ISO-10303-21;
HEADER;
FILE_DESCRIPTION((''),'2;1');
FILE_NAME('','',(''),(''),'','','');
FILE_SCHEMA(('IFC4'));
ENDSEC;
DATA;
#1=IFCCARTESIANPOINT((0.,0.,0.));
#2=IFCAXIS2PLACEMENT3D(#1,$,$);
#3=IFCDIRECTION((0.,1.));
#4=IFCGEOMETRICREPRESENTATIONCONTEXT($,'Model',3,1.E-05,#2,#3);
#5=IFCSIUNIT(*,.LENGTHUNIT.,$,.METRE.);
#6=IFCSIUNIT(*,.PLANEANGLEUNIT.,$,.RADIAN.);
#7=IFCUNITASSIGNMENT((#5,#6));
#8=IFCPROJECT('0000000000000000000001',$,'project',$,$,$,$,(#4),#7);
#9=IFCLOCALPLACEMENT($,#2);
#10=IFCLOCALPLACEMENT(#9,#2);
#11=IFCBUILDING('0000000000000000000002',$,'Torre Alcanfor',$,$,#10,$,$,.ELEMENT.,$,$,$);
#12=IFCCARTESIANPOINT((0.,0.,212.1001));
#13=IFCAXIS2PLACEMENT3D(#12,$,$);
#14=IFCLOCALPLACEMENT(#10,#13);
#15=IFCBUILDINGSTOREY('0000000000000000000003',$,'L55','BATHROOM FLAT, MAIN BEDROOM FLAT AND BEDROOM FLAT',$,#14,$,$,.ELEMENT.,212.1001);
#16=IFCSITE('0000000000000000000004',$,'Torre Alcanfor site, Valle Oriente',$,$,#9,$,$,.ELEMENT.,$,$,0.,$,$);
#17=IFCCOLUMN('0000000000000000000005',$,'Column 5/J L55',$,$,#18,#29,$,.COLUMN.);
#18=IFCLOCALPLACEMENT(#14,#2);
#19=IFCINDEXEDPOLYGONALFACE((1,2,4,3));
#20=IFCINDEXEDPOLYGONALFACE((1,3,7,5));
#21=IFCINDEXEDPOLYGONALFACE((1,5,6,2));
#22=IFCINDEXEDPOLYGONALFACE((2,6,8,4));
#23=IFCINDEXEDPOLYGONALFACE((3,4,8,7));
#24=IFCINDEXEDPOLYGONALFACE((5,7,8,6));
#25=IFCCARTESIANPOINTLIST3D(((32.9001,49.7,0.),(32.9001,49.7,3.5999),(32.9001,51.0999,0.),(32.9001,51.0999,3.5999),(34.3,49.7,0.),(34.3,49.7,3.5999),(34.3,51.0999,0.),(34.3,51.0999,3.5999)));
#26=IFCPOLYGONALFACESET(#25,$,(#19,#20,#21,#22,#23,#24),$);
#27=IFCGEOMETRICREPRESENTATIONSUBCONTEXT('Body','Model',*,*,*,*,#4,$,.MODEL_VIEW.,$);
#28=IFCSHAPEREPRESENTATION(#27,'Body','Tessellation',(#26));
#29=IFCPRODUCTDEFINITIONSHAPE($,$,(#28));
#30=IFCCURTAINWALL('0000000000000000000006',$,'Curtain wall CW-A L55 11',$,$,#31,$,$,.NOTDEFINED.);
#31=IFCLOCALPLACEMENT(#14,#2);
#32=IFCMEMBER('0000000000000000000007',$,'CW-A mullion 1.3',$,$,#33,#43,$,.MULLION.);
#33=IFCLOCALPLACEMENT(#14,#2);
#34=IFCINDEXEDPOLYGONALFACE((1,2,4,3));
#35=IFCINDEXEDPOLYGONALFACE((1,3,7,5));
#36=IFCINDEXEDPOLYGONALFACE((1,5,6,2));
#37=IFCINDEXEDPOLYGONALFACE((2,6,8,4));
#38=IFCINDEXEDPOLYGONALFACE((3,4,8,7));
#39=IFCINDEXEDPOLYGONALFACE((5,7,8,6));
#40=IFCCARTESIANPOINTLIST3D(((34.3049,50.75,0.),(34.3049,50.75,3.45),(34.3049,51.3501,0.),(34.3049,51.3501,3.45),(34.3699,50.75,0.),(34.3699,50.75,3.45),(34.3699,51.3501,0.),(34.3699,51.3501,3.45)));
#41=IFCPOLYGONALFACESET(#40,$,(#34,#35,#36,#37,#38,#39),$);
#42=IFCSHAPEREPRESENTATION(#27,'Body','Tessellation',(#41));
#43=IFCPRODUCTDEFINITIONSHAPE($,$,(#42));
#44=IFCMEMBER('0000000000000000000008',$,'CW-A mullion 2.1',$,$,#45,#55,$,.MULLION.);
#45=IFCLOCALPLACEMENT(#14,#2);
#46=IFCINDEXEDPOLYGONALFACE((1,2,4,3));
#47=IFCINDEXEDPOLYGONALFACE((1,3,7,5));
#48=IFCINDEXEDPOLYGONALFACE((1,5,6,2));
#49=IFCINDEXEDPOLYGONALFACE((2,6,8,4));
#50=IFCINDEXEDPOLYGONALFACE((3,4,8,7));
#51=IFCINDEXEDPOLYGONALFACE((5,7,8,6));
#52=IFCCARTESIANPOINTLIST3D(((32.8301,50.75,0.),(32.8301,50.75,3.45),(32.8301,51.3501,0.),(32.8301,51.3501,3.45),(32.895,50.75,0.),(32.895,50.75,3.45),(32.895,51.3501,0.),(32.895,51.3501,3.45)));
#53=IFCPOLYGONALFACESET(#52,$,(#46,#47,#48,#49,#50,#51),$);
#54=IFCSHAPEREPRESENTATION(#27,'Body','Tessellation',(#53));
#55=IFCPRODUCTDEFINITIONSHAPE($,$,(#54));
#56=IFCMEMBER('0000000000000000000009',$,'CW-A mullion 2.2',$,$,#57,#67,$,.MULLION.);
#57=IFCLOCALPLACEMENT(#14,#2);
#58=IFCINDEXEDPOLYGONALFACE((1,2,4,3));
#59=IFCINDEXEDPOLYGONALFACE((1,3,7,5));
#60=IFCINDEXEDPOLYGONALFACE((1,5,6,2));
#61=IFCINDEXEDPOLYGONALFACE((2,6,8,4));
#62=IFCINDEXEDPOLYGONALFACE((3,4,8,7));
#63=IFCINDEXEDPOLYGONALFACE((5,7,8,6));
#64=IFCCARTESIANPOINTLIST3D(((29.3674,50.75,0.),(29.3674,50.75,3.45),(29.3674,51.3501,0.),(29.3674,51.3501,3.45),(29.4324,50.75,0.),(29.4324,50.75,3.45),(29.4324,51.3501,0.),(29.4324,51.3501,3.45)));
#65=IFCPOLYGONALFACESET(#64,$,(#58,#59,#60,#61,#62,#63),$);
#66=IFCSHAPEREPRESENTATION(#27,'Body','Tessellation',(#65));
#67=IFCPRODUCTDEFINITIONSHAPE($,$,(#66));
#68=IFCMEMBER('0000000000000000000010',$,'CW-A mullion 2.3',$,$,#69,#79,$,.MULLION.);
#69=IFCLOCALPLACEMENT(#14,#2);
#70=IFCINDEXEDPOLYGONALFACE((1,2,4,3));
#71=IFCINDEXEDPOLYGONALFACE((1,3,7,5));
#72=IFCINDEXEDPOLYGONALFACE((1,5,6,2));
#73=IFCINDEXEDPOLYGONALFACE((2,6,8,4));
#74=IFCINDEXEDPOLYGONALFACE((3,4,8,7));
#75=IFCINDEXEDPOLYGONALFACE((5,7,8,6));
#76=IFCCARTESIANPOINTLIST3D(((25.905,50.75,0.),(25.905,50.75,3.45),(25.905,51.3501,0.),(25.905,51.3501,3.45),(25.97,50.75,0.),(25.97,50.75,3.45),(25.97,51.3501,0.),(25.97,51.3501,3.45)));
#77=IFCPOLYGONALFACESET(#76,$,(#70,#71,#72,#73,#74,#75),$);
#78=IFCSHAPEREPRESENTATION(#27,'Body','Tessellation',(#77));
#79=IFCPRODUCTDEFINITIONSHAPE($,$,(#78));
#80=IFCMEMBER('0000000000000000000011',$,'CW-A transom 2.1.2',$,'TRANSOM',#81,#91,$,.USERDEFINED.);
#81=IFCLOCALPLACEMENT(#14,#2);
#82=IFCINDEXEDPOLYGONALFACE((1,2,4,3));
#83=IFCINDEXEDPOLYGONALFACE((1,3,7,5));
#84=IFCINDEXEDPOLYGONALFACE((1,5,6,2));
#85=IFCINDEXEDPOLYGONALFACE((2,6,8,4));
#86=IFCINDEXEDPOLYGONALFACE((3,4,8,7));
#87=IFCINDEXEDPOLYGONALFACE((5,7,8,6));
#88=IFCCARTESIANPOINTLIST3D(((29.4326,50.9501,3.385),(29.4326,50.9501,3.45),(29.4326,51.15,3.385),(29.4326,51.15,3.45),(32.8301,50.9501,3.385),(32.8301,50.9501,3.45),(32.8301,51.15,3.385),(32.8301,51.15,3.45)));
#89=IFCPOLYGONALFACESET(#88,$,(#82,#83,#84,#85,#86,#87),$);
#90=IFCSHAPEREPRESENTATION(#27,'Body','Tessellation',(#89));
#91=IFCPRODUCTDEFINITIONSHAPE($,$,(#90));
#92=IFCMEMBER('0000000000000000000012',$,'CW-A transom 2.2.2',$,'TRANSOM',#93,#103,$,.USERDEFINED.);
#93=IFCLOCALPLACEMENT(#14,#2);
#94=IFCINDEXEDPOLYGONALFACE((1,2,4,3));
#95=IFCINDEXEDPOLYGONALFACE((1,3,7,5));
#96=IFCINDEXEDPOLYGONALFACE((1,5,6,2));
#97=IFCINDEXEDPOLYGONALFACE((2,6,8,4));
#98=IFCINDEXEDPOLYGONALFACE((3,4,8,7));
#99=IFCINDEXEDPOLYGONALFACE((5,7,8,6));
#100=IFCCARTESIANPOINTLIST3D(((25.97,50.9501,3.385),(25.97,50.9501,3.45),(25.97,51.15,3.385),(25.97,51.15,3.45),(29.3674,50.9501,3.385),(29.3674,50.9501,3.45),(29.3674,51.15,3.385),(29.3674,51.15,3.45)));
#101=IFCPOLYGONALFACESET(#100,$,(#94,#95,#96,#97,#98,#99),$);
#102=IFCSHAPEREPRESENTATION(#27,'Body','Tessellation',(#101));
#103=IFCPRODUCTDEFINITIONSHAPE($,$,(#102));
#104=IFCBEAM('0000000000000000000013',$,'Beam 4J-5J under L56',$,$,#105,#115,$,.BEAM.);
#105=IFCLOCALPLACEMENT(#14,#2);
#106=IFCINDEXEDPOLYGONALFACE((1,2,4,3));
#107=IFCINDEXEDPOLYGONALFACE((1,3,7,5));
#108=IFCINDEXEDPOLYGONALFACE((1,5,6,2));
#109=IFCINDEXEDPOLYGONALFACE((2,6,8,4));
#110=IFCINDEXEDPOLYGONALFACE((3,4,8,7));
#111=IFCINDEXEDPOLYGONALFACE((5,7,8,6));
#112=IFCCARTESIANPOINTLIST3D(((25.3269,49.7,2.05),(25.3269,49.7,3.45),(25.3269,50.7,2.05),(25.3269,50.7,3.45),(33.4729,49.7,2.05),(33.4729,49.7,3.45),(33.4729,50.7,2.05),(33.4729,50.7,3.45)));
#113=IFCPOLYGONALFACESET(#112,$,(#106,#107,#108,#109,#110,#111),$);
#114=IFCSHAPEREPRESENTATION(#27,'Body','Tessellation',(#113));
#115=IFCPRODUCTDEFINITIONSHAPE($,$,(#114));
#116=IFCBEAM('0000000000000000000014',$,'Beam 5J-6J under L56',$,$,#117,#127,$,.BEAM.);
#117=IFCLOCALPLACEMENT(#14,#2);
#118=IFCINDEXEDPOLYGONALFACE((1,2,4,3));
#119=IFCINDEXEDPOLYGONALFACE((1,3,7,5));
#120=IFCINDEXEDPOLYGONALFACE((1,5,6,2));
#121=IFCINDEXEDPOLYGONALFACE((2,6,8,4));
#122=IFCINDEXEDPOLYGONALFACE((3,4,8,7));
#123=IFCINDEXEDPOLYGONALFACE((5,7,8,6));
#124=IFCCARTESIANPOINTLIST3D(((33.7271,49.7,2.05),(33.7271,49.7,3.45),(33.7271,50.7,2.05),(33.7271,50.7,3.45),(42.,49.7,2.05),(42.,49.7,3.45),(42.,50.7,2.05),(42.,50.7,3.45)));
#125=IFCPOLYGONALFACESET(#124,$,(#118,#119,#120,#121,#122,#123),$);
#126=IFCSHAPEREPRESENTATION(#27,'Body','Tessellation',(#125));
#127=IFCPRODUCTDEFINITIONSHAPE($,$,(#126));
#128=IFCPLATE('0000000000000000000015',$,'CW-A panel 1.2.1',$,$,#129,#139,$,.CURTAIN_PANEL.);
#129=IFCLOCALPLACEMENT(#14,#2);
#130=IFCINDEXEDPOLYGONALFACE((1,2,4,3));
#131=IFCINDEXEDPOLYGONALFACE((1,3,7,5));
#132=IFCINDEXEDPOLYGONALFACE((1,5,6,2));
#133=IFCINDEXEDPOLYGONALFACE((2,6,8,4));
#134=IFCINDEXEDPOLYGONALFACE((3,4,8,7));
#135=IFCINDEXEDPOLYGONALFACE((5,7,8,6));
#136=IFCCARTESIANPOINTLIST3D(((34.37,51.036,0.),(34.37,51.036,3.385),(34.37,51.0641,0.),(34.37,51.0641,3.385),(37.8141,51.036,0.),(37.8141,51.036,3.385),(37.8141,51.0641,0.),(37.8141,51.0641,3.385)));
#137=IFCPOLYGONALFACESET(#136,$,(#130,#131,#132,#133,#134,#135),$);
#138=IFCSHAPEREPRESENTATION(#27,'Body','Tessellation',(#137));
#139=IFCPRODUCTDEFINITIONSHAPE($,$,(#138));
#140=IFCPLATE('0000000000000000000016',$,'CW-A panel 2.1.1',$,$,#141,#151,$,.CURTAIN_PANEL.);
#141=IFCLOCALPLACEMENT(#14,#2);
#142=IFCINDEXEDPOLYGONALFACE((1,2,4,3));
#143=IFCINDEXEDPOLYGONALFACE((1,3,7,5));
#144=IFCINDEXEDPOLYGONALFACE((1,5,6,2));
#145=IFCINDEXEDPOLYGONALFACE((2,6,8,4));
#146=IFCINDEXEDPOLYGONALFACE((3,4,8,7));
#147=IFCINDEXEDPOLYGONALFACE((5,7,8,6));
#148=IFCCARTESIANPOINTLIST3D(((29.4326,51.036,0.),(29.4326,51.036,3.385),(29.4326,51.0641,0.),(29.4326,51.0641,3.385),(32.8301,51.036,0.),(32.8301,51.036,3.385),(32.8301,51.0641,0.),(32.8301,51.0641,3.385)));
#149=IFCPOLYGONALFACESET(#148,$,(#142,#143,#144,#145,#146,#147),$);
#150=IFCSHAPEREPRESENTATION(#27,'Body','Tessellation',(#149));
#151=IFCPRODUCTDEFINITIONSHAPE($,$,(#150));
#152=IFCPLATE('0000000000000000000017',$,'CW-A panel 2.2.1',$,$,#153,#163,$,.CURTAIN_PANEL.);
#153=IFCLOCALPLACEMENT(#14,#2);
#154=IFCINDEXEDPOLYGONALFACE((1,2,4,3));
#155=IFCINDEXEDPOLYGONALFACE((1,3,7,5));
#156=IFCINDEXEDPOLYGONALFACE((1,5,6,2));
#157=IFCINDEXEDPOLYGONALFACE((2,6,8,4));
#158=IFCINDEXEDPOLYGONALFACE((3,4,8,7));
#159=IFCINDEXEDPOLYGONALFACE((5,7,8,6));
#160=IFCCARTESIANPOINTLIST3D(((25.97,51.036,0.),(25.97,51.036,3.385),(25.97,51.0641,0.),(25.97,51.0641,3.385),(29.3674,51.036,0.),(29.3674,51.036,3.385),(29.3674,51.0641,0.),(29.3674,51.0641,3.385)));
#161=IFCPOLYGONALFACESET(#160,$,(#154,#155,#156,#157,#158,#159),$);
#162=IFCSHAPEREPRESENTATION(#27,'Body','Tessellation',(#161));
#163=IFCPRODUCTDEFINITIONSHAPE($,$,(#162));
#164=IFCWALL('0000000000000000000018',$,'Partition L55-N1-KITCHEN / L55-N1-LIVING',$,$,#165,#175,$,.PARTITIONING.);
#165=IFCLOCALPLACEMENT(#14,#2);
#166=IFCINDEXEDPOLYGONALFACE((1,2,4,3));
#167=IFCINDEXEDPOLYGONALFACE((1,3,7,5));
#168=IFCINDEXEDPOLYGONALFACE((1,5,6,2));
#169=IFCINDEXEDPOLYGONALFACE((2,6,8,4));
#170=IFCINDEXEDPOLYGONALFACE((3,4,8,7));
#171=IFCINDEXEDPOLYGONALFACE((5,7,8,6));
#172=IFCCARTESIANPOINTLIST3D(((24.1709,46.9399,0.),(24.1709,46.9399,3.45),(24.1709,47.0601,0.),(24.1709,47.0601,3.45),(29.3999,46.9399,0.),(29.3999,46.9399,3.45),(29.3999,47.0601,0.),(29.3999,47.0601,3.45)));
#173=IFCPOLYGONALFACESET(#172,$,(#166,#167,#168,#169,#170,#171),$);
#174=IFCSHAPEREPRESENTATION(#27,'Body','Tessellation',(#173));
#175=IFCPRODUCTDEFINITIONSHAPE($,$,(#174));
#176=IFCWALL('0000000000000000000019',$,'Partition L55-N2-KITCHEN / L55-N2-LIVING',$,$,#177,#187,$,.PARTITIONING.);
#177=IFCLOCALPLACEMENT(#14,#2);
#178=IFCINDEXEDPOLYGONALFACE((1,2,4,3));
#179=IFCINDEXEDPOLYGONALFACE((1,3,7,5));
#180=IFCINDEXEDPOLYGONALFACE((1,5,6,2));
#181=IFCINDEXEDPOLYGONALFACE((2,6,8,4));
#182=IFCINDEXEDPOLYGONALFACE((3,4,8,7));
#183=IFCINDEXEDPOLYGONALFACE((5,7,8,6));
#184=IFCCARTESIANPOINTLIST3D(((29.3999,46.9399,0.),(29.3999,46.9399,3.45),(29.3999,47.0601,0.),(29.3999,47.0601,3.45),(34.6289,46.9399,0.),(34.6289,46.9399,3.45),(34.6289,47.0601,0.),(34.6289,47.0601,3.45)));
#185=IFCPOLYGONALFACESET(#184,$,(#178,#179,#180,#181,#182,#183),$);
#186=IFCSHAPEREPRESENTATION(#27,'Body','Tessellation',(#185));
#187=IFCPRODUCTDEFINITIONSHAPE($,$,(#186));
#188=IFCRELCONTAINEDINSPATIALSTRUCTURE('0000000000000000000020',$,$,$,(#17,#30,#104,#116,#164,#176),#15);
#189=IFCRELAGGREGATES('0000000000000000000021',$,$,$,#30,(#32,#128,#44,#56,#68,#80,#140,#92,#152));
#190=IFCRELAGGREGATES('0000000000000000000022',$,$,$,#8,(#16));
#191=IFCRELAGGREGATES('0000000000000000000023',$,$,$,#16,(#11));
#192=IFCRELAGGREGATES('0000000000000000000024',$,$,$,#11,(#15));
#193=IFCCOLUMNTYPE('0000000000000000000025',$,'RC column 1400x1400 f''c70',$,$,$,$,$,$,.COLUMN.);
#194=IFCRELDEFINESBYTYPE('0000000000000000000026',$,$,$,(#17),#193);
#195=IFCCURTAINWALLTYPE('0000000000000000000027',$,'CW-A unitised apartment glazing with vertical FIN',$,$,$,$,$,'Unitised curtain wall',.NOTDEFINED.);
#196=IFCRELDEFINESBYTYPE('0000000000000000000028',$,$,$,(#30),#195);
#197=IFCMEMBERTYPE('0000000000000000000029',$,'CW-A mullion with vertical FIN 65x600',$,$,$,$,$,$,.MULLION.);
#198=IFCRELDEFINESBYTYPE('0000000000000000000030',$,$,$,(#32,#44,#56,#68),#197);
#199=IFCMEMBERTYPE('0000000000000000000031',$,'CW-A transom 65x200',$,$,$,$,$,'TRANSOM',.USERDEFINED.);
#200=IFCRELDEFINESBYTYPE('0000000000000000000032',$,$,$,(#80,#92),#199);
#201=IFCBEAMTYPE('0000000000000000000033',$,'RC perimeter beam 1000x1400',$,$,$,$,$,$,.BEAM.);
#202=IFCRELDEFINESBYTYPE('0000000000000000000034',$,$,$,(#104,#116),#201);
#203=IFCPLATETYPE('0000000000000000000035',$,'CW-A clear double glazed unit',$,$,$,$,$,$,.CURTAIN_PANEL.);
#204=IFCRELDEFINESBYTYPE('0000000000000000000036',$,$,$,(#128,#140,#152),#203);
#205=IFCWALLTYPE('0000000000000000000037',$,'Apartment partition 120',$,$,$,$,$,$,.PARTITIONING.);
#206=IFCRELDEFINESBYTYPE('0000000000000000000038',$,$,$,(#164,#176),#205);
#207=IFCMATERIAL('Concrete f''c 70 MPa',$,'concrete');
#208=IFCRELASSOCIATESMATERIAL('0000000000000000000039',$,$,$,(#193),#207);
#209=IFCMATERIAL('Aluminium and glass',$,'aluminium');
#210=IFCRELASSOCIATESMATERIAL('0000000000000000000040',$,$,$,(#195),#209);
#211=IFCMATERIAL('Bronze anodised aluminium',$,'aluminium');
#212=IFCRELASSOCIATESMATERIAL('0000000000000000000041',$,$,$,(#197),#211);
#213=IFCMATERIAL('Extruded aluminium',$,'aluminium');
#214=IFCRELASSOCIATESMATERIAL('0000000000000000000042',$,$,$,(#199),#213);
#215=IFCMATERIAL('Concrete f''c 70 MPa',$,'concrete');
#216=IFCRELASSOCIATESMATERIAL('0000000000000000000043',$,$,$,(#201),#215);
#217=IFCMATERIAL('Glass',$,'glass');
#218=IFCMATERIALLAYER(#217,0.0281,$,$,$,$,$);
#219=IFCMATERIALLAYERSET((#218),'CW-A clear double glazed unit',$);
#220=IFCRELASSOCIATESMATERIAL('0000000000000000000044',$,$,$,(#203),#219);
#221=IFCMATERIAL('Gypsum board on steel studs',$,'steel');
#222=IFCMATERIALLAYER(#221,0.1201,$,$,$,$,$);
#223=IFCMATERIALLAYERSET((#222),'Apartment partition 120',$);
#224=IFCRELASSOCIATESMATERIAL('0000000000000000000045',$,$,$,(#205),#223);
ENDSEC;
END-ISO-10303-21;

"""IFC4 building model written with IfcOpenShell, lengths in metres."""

from ifc_helpers import new_model, si_unit, direction, frame, frame_2d, origin, origin_2d, place, context, subcontext, project, spatial, rectangle, extrude, material, layer, layer_set, material_profile, profile_set, type_object, element, aggregate, save


model = new_model("IFC4")

# Units and contexts
model_context = context("Model", 3, precision=1e-05, world=origin(), true_north=direction((0.0, 1.0)))
body_context = subcontext(model_context, "Body", "Model", "MODEL_VIEW")
ifc_project = project(units=[si_unit("LENGTHUNIT", "METRE"), si_unit("PLANEANGLEUNIT", "RADIAN")], contexts=[model_context])

# Site, building, storey
site_placement = place(None, origin())
site = spatial("IfcSite", under=ifc_project, at=site_placement, Name="Torre Alcanfor site, Valle Oriente", CompositionType="ELEMENT", RefElevation=0.0)
building_placement = place(site_placement, origin())
building = spatial("IfcBuilding", under=site, at=building_placement, Name="Torre Alcanfor", CompositionType="ELEMENT")
storey_placement = place(building_placement, frame((0.0, 0.0, 212.1001)))
storey = spatial("IfcBuildingStorey", under=building, at=storey_placement, Name="L55", Description="BATHROOM FLAT, MAIN BEDROOM FLAT AND BEDROOM FLAT", CompositionType="ELEMENT", Elevation=212.1001)

# Column
ifc_material_1 = material(Name="Concrete f'c 70 MPa", Category="concrete")
ifc_material_profile_1 = material_profile(ifc_material_1, rectangle(XDim=1.3999, YDim=1.3999, at=origin_2d()), Name="1400x1400")
ifc_profile_set_1 = profile_set([ifc_material_profile_1], Name="Concrete f'c 70 MPa")
column_type = type_object("IfcColumnType", Name="RC column 1400x1400 f'c70", PredefinedType="COLUMN", material=ifc_profile_set_1)
column_placement = place(storey_placement, frame((33.6001, 50.3999, 0.0), z_axis=(0.0, 0.0, 1.0), x_axis=(1.0, 0.0, 0.0)))
element("IfcColumn", 1, at=column_placement, inside=storey, type_object=column_type, Name="Column 5/J L55", PredefinedType="COLUMN", context=body_context, shape_type="SweptSolid", body=[
    extrude(rectangle(XDim=1.3999, YDim=1.3999, at=origin_2d()), origin(), (0.0, 0.0, 1.0), 3.5999),
])

# Curtain wall, members
ifc_material_2 = material(Name="Aluminium and glass", Category="aluminium")
curtain_wall_type = type_object("IfcCurtainWallType", Name="CW-A unitised apartment glazing with vertical FIN", ElementType="Unitised curtain wall", PredefinedType="NOTDEFINED", material=ifc_material_2)
curtain_wall_placement = place(storey_placement, origin())
curtain_wall = element("IfcCurtainWall", 2, at=curtain_wall_placement, inside=storey, type_object=curtain_wall_type, Name="Curtain wall CW-A L55 11", PredefinedType="NOTDEFINED")
ifc_material_3 = material(Name="Bronze anodised aluminium", Category="aluminium")
ifc_material_profile_2 = material_profile(ifc_material_3, rectangle(XDim=0.6001, YDim=0.0649, at=origin_2d()), Name="CW-A mullion 65x600")
ifc_profile_set_2 = profile_set([ifc_material_profile_2], Name="Bronze anodised aluminium")
member_type_1 = type_object("IfcMemberType", Name="CW-A mullion with vertical FIN 65x600", PredefinedType="MULLION", material=ifc_profile_set_2)
member_1_placement = place(storey_placement, frame((34.3374, 51.05, 0.0), z_axis=(0.0, 0.0, 1.0), x_axis=(0.0, -1.0, 0.0)))
member_1 = element("IfcMember", 3, at=member_1_placement, type_object=member_type_1, Name="CW-A mullion 1.3", PredefinedType="MULLION", context=body_context, shape_type="SweptSolid", body=[
    extrude(rectangle(XDim=0.6001, YDim=0.0649, at=origin_2d()), origin(), (0.0, 0.0, 1.0), 3.45),
])
member_2_placement = place(storey_placement, frame((32.8625, 51.05, 0.0), z_axis=(0.0, 0.0, 1.0), x_axis=(0.0, -1.0, 0.0)))
member_2 = element("IfcMember", 4, at=member_2_placement, type_object=member_type_1, Name="CW-A mullion 2.1", PredefinedType="MULLION", context=body_context, shape_type="SweptSolid", body=[
    extrude(rectangle(XDim=0.6001, YDim=0.0649, at=origin_2d()), origin(), (0.0, 0.0, 1.0), 3.45),
])
member_3_placement = place(storey_placement, frame((29.3999, 51.05, 0.0), z_axis=(0.0, 0.0, 1.0), x_axis=(0.0, -1.0, 0.0)))
member_3 = element("IfcMember", 5, at=member_3_placement, type_object=member_type_1, Name="CW-A mullion 2.2", PredefinedType="MULLION", context=body_context, shape_type="SweptSolid", body=[
    extrude(rectangle(XDim=0.6001, YDim=0.0649, at=origin_2d()), origin(), (0.0, 0.0, 1.0), 3.45),
])
member_4_placement = place(storey_placement, frame((25.9375, 51.05, 0.0), z_axis=(0.0, 0.0, 1.0), x_axis=(0.0, -1.0, 0.0)))
member_4 = element("IfcMember", 6, at=member_4_placement, type_object=member_type_1, Name="CW-A mullion 2.3", PredefinedType="MULLION", context=body_context, shape_type="SweptSolid", body=[
    extrude(rectangle(XDim=0.6001, YDim=0.0649, at=origin_2d()), origin(), (0.0, 0.0, 1.0), 3.45),
])
ifc_material_4 = material(Name="Extruded aluminium", Category="aluminium")
ifc_material_profile_3 = material_profile(ifc_material_4, rectangle(XDim=0.2, YDim=0.0649, at=origin_2d()), Name="CW-A transom 200x65")
ifc_profile_set_3 = profile_set([ifc_material_profile_3], Name="Extruded aluminium")
member_type_2 = type_object("IfcMemberType", Name="CW-A transom 65x200", ElementType="TRANSOM", PredefinedType="USERDEFINED", material=ifc_profile_set_3)
member_5_placement = place(storey_placement, frame((32.8301, 51.05, 3.4175), z_axis=(-1.0, 0.0, 0.0), x_axis=(0.0, -1.0, 0.0)))
member_5 = element("IfcMember", 7, at=member_5_placement, type_object=member_type_2, Name="CW-A transom 2.1.2", ObjectType="TRANSOM", PredefinedType="USERDEFINED", context=body_context, shape_type="SweptSolid", body=[
    extrude(rectangle(XDim=0.2, YDim=0.0649, at=origin_2d()), origin(), (0.0, 0.0, 1.0), 3.3975),
])
member_6_placement = place(storey_placement, frame((29.3674, 51.05, 3.4175), z_axis=(-1.0, 0.0, 0.0), x_axis=(0.0, -1.0, 0.0)))
member_6 = element("IfcMember", 8, at=member_6_placement, type_object=member_type_2, Name="CW-A transom 2.2.2", ObjectType="TRANSOM", PredefinedType="USERDEFINED", context=body_context, shape_type="SweptSolid", body=[
    extrude(rectangle(XDim=0.2, YDim=0.0649, at=origin_2d()), origin(), (0.0, 0.0, 1.0), 3.3975),
])

# Beams
ifc_material_5 = material(Name="Concrete f'c 70 MPa", Category="concrete")
ifc_material_profile_4 = material_profile(ifc_material_5, rectangle(XDim=1.0, YDim=1.3999, at=origin_2d()), Name="1000x1400")
ifc_profile_set_4 = profile_set([ifc_material_profile_4], Name="Concrete f'c 70 MPa")
beam_type = type_object("IfcBeamType", Name="RC perimeter beam 1000x1400", PredefinedType="BEAM", material=ifc_profile_set_4)
beam_1_placement = place(storey_placement, frame((25.3269, 50.2, 2.75), z_axis=(1.0, 0.0, 0.0), x_axis=(0.0, 1.0, 0.0)))
element("IfcBeam", 9, at=beam_1_placement, inside=storey, type_object=beam_type, Name="Beam 4J-5J under L56", PredefinedType="BEAM", context=body_context, shape_type="SweptSolid", body=[
    extrude(rectangle(XDim=1.0, YDim=1.3999, at=origin_2d()), origin(), (0.0, 0.0, 1.0), 8.146),
])
beam_2_placement = place(storey_placement, frame((33.7271, 50.2, 2.75), z_axis=(1.0, 0.0, 0.0), x_axis=(0.0, 1.0, 0.0)))
element("IfcBeam", 10, at=beam_2_placement, inside=storey, type_object=beam_type, Name="Beam 5J-6J under L56", PredefinedType="BEAM", context=body_context, shape_type="SweptSolid", body=[
    extrude(rectangle(XDim=1.0, YDim=1.3999, at=origin_2d()), origin(), (0.0, 0.0, 1.0), 8.2729),
])

# Plates
ifc_material_6 = material(Name="Glass", Category="glass")
ifc_layer_1 = layer(ifc_material_6, 0.0281)
ifc_layer_set_1 = layer_set([ifc_layer_1], Name="CW-A clear double glazed unit")
plate_type = type_object("IfcPlateType", Name="CW-A clear double glazed unit", PredefinedType="CURTAIN_PANEL", material=ifc_layer_set_1)
plate_1_placement = place(storey_placement, frame((36.092, 51.05, 0.0), z_axis=(0.0, 0.0, 1.0), x_axis=(-1.0, 0.0, 0.0)))
plate_1 = element("IfcPlate", 11, at=plate_1_placement, type_object=plate_type, Name="CW-A panel 1.2.1", PredefinedType="CURTAIN_PANEL", context=body_context, shape_type="SweptSolid", body=[
    extrude(rectangle(XDim=3.4441, YDim=0.0281, at=origin_2d()), origin(), (0.0, 0.0, 1.0), 3.385),
])
plate_2_placement = place(storey_placement, frame((31.1313, 51.05, 0.0), z_axis=(0.0, 0.0, 1.0), x_axis=(-1.0, 0.0, 0.0)))
plate_2 = element("IfcPlate", 12, at=plate_2_placement, type_object=plate_type, Name="CW-A panel 2.1.1", PredefinedType="CURTAIN_PANEL", context=body_context, shape_type="SweptSolid", body=[
    extrude(rectangle(XDim=3.3975, YDim=0.0281, at=origin_2d()), origin(), (0.0, 0.0, 1.0), 3.385),
])
plate_3_placement = place(storey_placement, frame((27.6687, 51.05, 0.0), z_axis=(0.0, 0.0, 1.0), x_axis=(-1.0, 0.0, 0.0)))
plate_3 = element("IfcPlate", 13, at=plate_3_placement, type_object=plate_type, Name="CW-A panel 2.2.1", PredefinedType="CURTAIN_PANEL", context=body_context, shape_type="SweptSolid", body=[
    extrude(rectangle(XDim=3.3975, YDim=0.0281, at=origin_2d()), origin(), (0.0, 0.0, 1.0), 3.385),
])
aggregate(curtain_wall, [member_1, plate_1, member_2, member_3, member_4, member_5, plate_2, member_6, plate_3])

# Walls
ifc_material_7 = material(Name="Gypsum board on steel studs", Category="steel")
ifc_layer_2 = layer(ifc_material_7, 0.1201)
ifc_layer_set_2 = layer_set([ifc_layer_2], Name="Apartment partition 120")
wall_type_1 = type_object("IfcWallType", Name="Apartment partition 120", PredefinedType="PARTITIONING", material=ifc_layer_set_2)
for number, where, z_axis, x_axis, name in (
    (14, (29.3999, 47.0, 0.0), (0.0, 0.0, 1.0), (-1.0, 0.0, 0.0), "Partition L55-N1-KITCHEN / L55-N1-LIVING"),
    (15, (29.3999, 47.0, 0.0), (0.0, 0.0, 1.0), (1.0, 0.0, 0.0), "Partition L55-N2-KITCHEN / L55-N2-LIVING"),
):
    element("IfcWall", number, at=place(storey_placement, frame(where, z_axis=z_axis, x_axis=x_axis)), inside=storey, type_object=wall_type_1, Name=name, PredefinedType="PARTITIONING", context=body_context, shape_type="SweptSolid", body=[
        extrude(rectangle(XDim=5.229, YDim=0.1201, at=frame_2d((2.6145, 0.0))), origin(), (0.0, 0.0, 1.0), 3.45),
    ])

save(model, "model.ifc")
